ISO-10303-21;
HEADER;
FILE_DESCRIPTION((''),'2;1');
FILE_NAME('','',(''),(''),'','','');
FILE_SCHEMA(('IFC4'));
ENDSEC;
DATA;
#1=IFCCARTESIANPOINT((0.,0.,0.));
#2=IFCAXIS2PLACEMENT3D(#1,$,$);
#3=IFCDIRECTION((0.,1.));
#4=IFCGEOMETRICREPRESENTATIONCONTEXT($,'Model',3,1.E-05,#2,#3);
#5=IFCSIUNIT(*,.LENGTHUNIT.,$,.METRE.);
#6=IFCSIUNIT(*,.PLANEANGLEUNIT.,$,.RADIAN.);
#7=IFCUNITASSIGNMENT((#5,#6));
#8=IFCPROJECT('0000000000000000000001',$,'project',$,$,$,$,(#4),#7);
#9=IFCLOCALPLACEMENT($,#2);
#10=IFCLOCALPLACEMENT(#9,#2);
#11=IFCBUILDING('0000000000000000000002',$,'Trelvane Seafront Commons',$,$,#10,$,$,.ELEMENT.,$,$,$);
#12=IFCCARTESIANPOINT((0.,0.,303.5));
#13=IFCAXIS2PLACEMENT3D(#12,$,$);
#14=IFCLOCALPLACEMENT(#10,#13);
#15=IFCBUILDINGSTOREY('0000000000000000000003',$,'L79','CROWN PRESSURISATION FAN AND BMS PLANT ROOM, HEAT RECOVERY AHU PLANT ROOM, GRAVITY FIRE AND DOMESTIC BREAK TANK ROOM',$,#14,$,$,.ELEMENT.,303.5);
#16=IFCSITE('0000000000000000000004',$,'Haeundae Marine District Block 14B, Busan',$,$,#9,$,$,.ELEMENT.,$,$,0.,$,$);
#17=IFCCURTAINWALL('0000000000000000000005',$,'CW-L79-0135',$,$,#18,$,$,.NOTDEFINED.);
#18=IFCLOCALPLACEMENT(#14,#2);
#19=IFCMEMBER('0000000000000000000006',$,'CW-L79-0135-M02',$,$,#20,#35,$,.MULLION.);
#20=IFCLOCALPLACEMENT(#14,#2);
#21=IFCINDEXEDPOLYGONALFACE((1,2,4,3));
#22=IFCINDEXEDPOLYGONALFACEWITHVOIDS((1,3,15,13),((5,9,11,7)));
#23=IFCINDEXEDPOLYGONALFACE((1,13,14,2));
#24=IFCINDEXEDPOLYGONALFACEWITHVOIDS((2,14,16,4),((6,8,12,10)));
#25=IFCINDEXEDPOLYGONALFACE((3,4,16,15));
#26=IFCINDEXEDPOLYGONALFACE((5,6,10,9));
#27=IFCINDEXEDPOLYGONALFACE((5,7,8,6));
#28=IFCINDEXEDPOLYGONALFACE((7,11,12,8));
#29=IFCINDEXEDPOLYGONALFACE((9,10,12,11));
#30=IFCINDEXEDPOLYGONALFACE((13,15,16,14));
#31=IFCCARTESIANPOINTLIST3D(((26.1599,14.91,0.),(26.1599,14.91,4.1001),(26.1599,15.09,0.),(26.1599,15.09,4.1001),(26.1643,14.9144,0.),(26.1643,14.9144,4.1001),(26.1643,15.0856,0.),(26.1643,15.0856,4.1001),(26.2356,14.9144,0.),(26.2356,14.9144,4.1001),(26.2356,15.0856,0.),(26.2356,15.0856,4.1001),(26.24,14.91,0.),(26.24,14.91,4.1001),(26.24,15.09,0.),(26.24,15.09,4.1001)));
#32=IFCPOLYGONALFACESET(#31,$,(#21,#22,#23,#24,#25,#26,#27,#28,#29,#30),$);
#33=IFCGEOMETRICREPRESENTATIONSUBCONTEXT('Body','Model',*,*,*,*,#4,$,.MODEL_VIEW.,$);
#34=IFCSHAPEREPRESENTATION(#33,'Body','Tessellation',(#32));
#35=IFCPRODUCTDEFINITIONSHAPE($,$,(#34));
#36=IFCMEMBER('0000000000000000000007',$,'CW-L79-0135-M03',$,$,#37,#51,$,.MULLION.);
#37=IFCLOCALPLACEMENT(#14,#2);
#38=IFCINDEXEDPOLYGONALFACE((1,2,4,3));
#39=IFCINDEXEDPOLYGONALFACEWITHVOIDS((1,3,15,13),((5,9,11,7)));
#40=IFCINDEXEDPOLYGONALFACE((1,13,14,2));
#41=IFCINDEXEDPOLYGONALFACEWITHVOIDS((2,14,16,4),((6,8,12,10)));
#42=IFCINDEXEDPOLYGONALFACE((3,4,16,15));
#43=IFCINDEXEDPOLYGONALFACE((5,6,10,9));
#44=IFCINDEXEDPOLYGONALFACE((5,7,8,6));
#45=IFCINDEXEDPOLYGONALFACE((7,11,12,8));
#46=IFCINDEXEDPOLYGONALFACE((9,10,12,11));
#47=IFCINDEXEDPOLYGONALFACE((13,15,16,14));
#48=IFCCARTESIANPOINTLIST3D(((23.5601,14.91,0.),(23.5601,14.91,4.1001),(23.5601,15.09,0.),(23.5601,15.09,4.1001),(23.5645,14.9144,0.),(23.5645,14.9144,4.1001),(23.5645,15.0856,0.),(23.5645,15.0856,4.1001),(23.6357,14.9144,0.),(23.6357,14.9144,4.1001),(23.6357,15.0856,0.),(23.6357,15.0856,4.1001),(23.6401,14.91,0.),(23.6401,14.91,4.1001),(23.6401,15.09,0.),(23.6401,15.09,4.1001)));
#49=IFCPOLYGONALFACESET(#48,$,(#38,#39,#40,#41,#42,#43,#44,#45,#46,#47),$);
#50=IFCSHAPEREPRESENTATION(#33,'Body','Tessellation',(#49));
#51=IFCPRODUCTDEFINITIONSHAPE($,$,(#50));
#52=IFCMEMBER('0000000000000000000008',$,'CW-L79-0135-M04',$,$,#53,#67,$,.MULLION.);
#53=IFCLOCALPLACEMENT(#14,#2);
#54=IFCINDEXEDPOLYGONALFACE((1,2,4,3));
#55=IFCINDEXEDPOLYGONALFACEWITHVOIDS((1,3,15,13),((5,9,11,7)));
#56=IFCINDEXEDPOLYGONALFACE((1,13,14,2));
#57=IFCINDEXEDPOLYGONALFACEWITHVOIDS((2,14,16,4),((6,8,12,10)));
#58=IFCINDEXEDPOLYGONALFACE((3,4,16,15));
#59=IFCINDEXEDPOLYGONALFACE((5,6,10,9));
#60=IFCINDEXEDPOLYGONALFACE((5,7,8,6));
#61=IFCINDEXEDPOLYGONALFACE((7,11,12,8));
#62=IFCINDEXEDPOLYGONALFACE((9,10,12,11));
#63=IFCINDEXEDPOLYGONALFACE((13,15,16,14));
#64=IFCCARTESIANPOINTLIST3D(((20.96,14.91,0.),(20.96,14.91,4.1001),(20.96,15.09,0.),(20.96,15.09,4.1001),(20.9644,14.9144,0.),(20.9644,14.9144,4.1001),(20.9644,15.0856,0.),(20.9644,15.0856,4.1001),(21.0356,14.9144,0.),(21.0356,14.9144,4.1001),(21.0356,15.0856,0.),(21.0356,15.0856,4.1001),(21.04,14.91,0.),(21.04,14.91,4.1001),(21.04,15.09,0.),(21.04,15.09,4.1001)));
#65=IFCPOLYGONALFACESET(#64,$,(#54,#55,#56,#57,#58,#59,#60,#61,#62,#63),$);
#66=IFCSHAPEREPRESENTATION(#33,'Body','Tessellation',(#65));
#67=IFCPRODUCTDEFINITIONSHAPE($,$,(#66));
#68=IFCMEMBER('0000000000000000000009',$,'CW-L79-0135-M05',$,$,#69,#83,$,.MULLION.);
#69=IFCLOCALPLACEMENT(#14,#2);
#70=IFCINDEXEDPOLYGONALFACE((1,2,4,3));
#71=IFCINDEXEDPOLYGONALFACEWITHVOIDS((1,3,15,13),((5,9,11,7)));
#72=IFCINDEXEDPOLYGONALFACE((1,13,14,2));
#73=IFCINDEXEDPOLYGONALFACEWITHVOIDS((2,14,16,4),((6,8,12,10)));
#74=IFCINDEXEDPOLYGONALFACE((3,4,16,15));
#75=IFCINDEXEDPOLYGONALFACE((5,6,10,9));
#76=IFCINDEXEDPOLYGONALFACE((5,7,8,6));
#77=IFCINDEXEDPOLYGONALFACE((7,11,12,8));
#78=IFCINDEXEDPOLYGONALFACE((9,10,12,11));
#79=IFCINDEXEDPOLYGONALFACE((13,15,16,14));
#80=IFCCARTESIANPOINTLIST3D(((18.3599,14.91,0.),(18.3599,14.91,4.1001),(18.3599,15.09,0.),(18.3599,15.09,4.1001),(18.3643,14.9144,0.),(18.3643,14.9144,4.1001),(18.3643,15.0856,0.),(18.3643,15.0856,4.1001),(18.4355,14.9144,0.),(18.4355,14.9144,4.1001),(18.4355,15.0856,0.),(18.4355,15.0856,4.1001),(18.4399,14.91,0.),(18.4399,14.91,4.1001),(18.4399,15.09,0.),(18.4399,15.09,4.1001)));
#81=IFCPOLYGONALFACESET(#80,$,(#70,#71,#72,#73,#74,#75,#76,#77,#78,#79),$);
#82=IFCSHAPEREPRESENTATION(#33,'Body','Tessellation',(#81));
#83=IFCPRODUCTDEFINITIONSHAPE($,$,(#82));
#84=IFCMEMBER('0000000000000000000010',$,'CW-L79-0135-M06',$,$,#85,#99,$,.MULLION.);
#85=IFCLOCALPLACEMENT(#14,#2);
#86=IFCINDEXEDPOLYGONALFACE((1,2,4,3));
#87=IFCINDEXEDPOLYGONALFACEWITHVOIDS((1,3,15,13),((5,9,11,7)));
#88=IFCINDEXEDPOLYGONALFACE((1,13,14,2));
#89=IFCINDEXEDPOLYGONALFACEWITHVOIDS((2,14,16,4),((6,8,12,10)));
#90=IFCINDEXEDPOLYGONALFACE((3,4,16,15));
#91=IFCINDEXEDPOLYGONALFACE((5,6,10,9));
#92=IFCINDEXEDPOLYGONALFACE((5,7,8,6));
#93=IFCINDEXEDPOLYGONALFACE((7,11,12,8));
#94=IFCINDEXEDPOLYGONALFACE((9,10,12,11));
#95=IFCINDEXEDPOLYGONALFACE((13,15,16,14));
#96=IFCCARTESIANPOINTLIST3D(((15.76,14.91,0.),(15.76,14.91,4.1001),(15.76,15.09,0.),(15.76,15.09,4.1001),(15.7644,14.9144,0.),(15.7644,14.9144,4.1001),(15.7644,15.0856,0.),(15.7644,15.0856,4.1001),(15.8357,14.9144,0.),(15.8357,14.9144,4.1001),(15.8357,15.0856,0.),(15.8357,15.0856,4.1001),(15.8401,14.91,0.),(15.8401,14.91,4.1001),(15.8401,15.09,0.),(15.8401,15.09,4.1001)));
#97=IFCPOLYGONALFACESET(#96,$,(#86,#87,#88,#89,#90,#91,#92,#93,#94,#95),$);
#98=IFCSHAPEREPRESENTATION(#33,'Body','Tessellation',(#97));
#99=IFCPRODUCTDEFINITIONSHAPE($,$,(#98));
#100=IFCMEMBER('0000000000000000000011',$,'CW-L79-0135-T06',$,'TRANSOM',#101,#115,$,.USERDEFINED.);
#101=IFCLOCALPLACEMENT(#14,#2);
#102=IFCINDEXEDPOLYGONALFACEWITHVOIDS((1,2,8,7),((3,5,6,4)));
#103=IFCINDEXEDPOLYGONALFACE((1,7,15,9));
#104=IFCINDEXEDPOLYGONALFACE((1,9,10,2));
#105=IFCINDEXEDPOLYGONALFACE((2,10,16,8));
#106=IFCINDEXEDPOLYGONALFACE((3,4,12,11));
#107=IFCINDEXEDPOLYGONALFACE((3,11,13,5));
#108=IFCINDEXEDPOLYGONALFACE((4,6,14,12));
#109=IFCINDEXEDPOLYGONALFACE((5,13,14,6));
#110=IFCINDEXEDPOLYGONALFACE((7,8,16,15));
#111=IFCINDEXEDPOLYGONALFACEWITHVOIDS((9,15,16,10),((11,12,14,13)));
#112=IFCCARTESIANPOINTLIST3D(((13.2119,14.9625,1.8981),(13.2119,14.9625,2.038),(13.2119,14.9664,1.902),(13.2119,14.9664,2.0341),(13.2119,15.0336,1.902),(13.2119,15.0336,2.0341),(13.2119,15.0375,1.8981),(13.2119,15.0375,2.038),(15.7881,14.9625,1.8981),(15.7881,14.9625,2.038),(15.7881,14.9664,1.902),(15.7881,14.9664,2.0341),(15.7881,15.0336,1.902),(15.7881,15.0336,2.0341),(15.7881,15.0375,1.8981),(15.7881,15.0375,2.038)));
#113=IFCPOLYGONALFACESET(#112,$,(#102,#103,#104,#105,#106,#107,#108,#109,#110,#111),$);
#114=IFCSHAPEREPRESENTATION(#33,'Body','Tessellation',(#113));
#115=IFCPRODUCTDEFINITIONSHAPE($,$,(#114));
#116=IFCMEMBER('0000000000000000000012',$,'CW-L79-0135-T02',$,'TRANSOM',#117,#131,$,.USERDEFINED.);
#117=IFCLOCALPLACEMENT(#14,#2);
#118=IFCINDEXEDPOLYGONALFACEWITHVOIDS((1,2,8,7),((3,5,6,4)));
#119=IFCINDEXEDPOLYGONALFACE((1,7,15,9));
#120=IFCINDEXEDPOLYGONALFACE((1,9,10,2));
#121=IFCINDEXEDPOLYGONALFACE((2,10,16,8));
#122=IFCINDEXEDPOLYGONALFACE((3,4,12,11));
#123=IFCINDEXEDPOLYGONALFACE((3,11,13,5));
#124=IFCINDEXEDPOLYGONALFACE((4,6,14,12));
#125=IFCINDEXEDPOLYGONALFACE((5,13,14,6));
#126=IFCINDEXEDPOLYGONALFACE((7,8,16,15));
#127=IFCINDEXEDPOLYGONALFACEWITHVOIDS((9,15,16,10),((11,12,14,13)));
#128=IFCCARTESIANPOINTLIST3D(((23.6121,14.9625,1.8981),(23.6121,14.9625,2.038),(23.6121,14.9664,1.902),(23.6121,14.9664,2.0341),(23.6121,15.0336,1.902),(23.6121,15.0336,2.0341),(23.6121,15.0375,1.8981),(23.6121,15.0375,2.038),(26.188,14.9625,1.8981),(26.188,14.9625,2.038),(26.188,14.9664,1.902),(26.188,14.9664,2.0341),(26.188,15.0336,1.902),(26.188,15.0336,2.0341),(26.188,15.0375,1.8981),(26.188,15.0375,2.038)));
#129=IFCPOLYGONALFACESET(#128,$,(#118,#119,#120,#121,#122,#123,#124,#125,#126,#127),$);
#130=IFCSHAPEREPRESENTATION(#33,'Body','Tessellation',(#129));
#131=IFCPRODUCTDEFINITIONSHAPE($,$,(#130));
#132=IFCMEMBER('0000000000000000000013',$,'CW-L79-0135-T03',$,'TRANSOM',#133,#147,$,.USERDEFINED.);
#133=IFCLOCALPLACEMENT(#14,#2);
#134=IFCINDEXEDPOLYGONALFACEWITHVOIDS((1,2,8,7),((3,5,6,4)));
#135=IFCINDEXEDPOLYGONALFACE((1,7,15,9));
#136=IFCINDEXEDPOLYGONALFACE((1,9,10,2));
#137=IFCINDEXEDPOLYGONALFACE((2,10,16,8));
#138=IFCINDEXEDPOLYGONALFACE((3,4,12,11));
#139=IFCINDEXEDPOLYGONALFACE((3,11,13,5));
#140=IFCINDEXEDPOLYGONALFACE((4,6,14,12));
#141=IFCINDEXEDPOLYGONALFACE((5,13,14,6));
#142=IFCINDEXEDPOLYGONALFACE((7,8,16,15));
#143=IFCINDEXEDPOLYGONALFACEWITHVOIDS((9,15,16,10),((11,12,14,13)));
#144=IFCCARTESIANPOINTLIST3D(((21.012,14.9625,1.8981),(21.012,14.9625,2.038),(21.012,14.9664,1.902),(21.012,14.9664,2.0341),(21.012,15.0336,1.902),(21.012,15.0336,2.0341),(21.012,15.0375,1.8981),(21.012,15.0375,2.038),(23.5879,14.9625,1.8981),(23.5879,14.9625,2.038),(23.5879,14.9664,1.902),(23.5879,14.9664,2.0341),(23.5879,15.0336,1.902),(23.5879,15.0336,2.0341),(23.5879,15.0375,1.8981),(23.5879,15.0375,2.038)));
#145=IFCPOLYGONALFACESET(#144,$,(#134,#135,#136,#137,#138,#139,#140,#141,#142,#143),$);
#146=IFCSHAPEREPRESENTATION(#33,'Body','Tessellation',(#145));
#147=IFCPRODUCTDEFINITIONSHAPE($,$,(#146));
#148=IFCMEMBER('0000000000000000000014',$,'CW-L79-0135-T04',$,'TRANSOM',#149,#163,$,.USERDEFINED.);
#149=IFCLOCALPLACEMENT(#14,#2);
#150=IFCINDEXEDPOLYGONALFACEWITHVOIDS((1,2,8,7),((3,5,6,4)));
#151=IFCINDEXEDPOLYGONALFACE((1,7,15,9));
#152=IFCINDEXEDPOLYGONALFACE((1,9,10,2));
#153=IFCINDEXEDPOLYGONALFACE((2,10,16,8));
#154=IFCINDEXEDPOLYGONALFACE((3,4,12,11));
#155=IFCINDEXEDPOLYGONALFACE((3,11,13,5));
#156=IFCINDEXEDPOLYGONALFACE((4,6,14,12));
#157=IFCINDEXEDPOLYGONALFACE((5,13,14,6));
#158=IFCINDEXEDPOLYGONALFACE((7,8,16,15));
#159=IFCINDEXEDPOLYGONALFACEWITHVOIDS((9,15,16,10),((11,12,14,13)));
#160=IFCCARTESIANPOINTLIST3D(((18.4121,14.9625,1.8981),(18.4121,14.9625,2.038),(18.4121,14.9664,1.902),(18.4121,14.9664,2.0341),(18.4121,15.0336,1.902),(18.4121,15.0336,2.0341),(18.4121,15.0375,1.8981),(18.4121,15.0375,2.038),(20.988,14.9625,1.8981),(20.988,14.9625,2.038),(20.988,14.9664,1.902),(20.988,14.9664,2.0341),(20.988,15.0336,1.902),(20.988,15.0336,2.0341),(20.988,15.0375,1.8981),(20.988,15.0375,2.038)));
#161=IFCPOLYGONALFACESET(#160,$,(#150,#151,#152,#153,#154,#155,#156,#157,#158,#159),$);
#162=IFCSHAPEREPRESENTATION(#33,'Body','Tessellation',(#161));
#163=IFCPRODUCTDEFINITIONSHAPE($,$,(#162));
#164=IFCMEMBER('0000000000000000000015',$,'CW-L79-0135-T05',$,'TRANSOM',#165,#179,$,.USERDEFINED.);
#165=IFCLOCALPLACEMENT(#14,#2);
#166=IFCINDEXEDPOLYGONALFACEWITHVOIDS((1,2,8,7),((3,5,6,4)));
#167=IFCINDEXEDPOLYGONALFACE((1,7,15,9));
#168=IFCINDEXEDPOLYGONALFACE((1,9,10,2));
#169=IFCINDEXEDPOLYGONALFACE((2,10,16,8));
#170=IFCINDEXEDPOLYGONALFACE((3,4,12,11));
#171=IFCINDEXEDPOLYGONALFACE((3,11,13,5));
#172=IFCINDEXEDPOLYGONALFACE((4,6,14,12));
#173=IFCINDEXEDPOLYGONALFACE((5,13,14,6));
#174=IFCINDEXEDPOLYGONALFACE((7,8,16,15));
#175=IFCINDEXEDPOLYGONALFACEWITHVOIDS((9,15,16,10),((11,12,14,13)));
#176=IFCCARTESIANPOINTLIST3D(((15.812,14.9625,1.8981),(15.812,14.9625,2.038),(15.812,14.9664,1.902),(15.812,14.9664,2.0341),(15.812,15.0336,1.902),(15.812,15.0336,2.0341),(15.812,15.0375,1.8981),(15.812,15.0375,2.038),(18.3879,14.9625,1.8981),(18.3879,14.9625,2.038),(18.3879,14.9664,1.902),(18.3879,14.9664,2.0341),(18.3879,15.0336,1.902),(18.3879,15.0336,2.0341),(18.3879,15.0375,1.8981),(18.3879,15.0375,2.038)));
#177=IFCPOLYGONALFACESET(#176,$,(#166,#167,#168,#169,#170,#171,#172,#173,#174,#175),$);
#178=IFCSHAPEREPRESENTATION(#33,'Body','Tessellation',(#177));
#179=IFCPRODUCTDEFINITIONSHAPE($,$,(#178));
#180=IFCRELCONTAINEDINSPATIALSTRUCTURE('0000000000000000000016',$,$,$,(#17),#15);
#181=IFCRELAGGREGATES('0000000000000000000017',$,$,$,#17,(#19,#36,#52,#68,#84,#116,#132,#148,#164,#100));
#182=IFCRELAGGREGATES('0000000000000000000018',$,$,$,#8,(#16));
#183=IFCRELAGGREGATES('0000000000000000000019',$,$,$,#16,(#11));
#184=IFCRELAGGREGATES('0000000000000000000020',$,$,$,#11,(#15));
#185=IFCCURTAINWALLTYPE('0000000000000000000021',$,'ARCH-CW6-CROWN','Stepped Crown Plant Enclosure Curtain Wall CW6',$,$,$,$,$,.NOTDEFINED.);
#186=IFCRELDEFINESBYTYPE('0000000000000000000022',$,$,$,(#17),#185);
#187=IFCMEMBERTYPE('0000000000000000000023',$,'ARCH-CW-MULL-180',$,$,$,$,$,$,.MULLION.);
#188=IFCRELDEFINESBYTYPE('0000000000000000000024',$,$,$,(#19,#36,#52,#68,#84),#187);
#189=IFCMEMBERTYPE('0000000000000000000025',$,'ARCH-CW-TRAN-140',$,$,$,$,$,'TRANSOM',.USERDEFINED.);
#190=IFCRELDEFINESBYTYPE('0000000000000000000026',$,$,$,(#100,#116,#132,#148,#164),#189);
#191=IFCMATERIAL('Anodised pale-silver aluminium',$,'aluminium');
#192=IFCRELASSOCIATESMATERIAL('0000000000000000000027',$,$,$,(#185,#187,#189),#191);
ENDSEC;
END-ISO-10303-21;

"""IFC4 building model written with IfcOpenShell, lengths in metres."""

from ifc_helpers import new_model, si_unit, direction, frame, origin, origin_2d, place, context, subcontext, project, spatial, hollow_rectangle, extrude, source, transform, mapped, material, material_profile, profile_set, type_object, element, aggregate, save


model = new_model("IFC4")

# Units and contexts
model_context = context("Model", 3, precision=1e-05, world=origin(), true_north=direction((0.0, 1.0)))
body_context = subcontext(model_context, "Body", "Model", "MODEL_VIEW")
ifc_project = project(units=[si_unit("LENGTHUNIT", "METRE"), si_unit("PLANEANGLEUNIT", "RADIAN")], contexts=[model_context])

# Site, building, storey
site_placement = place(None, origin())
site = spatial("IfcSite", under=ifc_project, at=site_placement, Name="Haeundae Marine District Block 14B, Busan", CompositionType="ELEMENT", RefElevation=0.0)
building_placement = place(site_placement, origin())
building = spatial("IfcBuilding", under=site, at=building_placement, Name="Trelvane Seafront Commons", CompositionType="ELEMENT")
storey_placement = place(building_placement, frame((0.0, 0.0, 303.5)))
storey = spatial("IfcBuildingStorey", under=building, at=storey_placement, Name="L79", Description="CROWN PRESSURISATION FAN AND BMS PLANT ROOM, HEAT RECOVERY AHU PLANT ROOM, GRAVITY FIRE AND DOMESTIC BREAK TANK ROOM", CompositionType="ELEMENT", Elevation=303.5)

# Curtain wall, members
ifc_material_1 = material(Name="Anodised pale-silver aluminium", Category="aluminium")
curtain_wall_type = type_object("IfcCurtainWallType", Name="ARCH-CW6-CROWN", Description="Stepped Crown Plant Enclosure Curtain Wall CW6", PredefinedType="NOTDEFINED", material=ifc_material_1)
curtain_wall_placement = place(storey_placement, origin())
curtain_wall = element("IfcCurtainWall", 1, at=curtain_wall_placement, inside=storey, type_object=curtain_wall_type, Name="CW-L79-0135", PredefinedType="NOTDEFINED")
ifc_material_profile_1 = material_profile(ifc_material_1, hollow_rectangle(XDim=0.0801, YDim=0.1799, WallThickness=0.0044, at=origin_2d()), Name="MULL-80x180x4.5")
ifc_profile_set_1 = profile_set([ifc_material_profile_1], Name="Anodised pale-silver aluminium")
member_type_1 = type_object("IfcMemberType", Name="ARCH-CW-MULL-180", PredefinedType="MULLION", material=ifc_profile_set_1)
shared_shape_1 = source(origin(), body_context, "Body", "SweptSolid", [
    extrude(hollow_rectangle(XDim=0.0801, YDim=0.1799, WallThickness=0.0044, at=origin_2d()), origin(), (0.0, 0.0, 1.0), 4.1001),
])
member_1_placement = place(storey_placement, frame((26.2, 15.0, 0.0), z_axis=(0.0, 0.0, 1.0), x_axis=(1.0, 0.0, 0.0)))
member_1 = element("IfcMember", 2, at=member_1_placement, type_object=member_type_1, Name="CW-L79-0135-M02", PredefinedType="MULLION", context=body_context, shape_type="MappedRepresentation", body=[
    mapped(shared_shape_1, transform((0.0, 0.0, 0.0), x_axis=(1.0, 0.0, 0.0), y_axis=(0.0, 1.0, 0.0), z_axis=(0.0, 0.0, 1.0), scale=1.0)),
])
member_2_placement = place(storey_placement, frame((23.6001, 15.0, 0.0), z_axis=(0.0, 0.0, 1.0), x_axis=(1.0, 0.0, 0.0)))
member_2 = element("IfcMember", 3, at=member_2_placement, type_object=member_type_1, Name="CW-L79-0135-M03", PredefinedType="MULLION", context=body_context, shape_type="MappedRepresentation", body=[
    mapped(shared_shape_1, transform((0.0, 0.0, 0.0), x_axis=(1.0, 0.0, 0.0), y_axis=(0.0, 1.0, 0.0), z_axis=(0.0, 0.0, 1.0), scale=1.0)),
])
member_3_placement = place(storey_placement, frame((21.0, 15.0, 0.0), z_axis=(0.0, 0.0, 1.0), x_axis=(1.0, 0.0, 0.0)))
member_3 = element("IfcMember", 4, at=member_3_placement, type_object=member_type_1, Name="CW-L79-0135-M04", PredefinedType="MULLION", context=body_context, shape_type="MappedRepresentation", body=[
    mapped(shared_shape_1, transform((0.0, 0.0, 0.0), x_axis=(1.0, 0.0, 0.0), y_axis=(0.0, 1.0, 0.0), z_axis=(0.0, 0.0, 1.0), scale=1.0)),
])
member_4_placement = place(storey_placement, frame((18.3999, 15.0, 0.0), z_axis=(0.0, 0.0, 1.0), x_axis=(1.0, 0.0, 0.0)))
member_4 = element("IfcMember", 5, at=member_4_placement, type_object=member_type_1, Name="CW-L79-0135-M05", PredefinedType="MULLION", context=body_context, shape_type="MappedRepresentation", body=[
    mapped(shared_shape_1, transform((0.0, 0.0, 0.0), x_axis=(1.0, 0.0, 0.0), y_axis=(0.0, 1.0, 0.0), z_axis=(0.0, 0.0, 1.0), scale=1.0)),
])
member_5_placement = place(storey_placement, frame((15.8, 15.0, 0.0), z_axis=(0.0, 0.0, 1.0), x_axis=(1.0, 0.0, 0.0)))
member_5 = element("IfcMember", 6, at=member_5_placement, type_object=member_type_1, Name="CW-L79-0135-M06", PredefinedType="MULLION", context=body_context, shape_type="MappedRepresentation", body=[
    mapped(shared_shape_1, transform((0.0, 0.0, 0.0), x_axis=(1.0, 0.0, 0.0), y_axis=(0.0, 1.0, 0.0), z_axis=(0.0, 0.0, 1.0), scale=1.0)),
])
ifc_material_profile_2 = material_profile(ifc_material_1, hollow_rectangle(XDim=0.075, YDim=0.1399, WallThickness=0.0039, at=origin_2d()), Name="TRAN-75x140x4")
ifc_profile_set_2 = profile_set([ifc_material_profile_2], Name="Anodised pale-silver aluminium")
member_type_2 = type_object("IfcMemberType", Name="ARCH-CW-TRAN-140", ElementType="TRANSOM", PredefinedType="USERDEFINED", material=ifc_profile_set_2)
shared_shape_2 = source(origin(), body_context, "Body", "SweptSolid", [
    extrude(hollow_rectangle(XDim=0.075, YDim=0.1399, WallThickness=0.0039, at=origin_2d()), origin(), (0.0, 0.0, 1.0), 2.5762),
])
member_6_placement = place(storey_placement, frame((15.7881, 15.0, 1.968), z_axis=(-1.0, 0.0, 0.0), x_axis=(0.0, -1.0, 0.0)))
member_6 = element("IfcMember", 7, at=member_6_placement, type_object=member_type_2, Name="CW-L79-0135-T06", ObjectType="TRANSOM", PredefinedType="USERDEFINED", context=body_context, shape_type="MappedRepresentation", body=[
    mapped(shared_shape_2, transform((0.0, 0.0, 0.0), x_axis=(1.0, 0.0, 0.0), y_axis=(0.0, 1.0, 0.0), z_axis=(0.0, 0.0, 1.0), scale=1.0)),
])
shared_shape_3 = source(origin(), body_context, "Body", "SweptSolid", [
    extrude(hollow_rectangle(XDim=0.075, YDim=0.1399, WallThickness=0.0039, at=origin_2d()), origin(), (0.0, 0.0, 1.0), 2.5759),
])
member_7_placement = place(storey_placement, frame((26.188, 15.0, 1.968), z_axis=(-1.0, 0.0, 0.0), x_axis=(0.0, -1.0, 0.0)))
member_7 = element("IfcMember", 8, at=member_7_placement, type_object=member_type_2, Name="CW-L79-0135-T02", ObjectType="TRANSOM", PredefinedType="USERDEFINED", context=body_context, shape_type="MappedRepresentation", body=[
    mapped(shared_shape_3, transform((0.0, 0.0, 0.0), x_axis=(1.0, 0.0, 0.0), y_axis=(0.0, 1.0, 0.0), z_axis=(0.0, 0.0, 1.0), scale=1.0)),
])
member_8_placement = place(storey_placement, frame((23.5879, 15.0, 1.968), z_axis=(-1.0, 0.0, 0.0), x_axis=(0.0, -1.0, 0.0)))
member_8 = element("IfcMember", 9, at=member_8_placement, type_object=member_type_2, Name="CW-L79-0135-T03", ObjectType="TRANSOM", PredefinedType="USERDEFINED", context=body_context, shape_type="MappedRepresentation", body=[
    mapped(shared_shape_3, transform((0.0, 0.0, 0.0), x_axis=(1.0, 0.0, 0.0), y_axis=(0.0, 1.0, 0.0), z_axis=(0.0, 0.0, 1.0), scale=1.0)),
])
member_9_placement = place(storey_placement, frame((20.988, 15.0, 1.968), z_axis=(-1.0, 0.0, 0.0), x_axis=(0.0, -1.0, 0.0)))
member_9 = element("IfcMember", 10, at=member_9_placement, type_object=member_type_2, Name="CW-L79-0135-T04", ObjectType="TRANSOM", PredefinedType="USERDEFINED", context=body_context, shape_type="MappedRepresentation", body=[
    mapped(shared_shape_3, transform((0.0, 0.0, 0.0), x_axis=(1.0, 0.0, 0.0), y_axis=(0.0, 1.0, 0.0), z_axis=(0.0, 0.0, 1.0), scale=1.0)),
])
member_10_placement = place(storey_placement, frame((18.3879, 15.0, 1.968), z_axis=(-1.0, 0.0, 0.0), x_axis=(0.0, -1.0, 0.0)))
member_10 = element("IfcMember", 11, at=member_10_placement, type_object=member_type_2, Name="CW-L79-0135-T05", ObjectType="TRANSOM", PredefinedType="USERDEFINED", context=body_context, shape_type="MappedRepresentation", body=[
    mapped(shared_shape_3, transform((0.0, 0.0, 0.0), x_axis=(1.0, 0.0, 0.0), y_axis=(0.0, 1.0, 0.0), z_axis=(0.0, 0.0, 1.0), scale=1.0)),
])
aggregate(curtain_wall, [member_1, member_2, member_3, member_4, member_5, member_7, member_8, member_9, member_10, member_6])

save(model, "model.ifc")
